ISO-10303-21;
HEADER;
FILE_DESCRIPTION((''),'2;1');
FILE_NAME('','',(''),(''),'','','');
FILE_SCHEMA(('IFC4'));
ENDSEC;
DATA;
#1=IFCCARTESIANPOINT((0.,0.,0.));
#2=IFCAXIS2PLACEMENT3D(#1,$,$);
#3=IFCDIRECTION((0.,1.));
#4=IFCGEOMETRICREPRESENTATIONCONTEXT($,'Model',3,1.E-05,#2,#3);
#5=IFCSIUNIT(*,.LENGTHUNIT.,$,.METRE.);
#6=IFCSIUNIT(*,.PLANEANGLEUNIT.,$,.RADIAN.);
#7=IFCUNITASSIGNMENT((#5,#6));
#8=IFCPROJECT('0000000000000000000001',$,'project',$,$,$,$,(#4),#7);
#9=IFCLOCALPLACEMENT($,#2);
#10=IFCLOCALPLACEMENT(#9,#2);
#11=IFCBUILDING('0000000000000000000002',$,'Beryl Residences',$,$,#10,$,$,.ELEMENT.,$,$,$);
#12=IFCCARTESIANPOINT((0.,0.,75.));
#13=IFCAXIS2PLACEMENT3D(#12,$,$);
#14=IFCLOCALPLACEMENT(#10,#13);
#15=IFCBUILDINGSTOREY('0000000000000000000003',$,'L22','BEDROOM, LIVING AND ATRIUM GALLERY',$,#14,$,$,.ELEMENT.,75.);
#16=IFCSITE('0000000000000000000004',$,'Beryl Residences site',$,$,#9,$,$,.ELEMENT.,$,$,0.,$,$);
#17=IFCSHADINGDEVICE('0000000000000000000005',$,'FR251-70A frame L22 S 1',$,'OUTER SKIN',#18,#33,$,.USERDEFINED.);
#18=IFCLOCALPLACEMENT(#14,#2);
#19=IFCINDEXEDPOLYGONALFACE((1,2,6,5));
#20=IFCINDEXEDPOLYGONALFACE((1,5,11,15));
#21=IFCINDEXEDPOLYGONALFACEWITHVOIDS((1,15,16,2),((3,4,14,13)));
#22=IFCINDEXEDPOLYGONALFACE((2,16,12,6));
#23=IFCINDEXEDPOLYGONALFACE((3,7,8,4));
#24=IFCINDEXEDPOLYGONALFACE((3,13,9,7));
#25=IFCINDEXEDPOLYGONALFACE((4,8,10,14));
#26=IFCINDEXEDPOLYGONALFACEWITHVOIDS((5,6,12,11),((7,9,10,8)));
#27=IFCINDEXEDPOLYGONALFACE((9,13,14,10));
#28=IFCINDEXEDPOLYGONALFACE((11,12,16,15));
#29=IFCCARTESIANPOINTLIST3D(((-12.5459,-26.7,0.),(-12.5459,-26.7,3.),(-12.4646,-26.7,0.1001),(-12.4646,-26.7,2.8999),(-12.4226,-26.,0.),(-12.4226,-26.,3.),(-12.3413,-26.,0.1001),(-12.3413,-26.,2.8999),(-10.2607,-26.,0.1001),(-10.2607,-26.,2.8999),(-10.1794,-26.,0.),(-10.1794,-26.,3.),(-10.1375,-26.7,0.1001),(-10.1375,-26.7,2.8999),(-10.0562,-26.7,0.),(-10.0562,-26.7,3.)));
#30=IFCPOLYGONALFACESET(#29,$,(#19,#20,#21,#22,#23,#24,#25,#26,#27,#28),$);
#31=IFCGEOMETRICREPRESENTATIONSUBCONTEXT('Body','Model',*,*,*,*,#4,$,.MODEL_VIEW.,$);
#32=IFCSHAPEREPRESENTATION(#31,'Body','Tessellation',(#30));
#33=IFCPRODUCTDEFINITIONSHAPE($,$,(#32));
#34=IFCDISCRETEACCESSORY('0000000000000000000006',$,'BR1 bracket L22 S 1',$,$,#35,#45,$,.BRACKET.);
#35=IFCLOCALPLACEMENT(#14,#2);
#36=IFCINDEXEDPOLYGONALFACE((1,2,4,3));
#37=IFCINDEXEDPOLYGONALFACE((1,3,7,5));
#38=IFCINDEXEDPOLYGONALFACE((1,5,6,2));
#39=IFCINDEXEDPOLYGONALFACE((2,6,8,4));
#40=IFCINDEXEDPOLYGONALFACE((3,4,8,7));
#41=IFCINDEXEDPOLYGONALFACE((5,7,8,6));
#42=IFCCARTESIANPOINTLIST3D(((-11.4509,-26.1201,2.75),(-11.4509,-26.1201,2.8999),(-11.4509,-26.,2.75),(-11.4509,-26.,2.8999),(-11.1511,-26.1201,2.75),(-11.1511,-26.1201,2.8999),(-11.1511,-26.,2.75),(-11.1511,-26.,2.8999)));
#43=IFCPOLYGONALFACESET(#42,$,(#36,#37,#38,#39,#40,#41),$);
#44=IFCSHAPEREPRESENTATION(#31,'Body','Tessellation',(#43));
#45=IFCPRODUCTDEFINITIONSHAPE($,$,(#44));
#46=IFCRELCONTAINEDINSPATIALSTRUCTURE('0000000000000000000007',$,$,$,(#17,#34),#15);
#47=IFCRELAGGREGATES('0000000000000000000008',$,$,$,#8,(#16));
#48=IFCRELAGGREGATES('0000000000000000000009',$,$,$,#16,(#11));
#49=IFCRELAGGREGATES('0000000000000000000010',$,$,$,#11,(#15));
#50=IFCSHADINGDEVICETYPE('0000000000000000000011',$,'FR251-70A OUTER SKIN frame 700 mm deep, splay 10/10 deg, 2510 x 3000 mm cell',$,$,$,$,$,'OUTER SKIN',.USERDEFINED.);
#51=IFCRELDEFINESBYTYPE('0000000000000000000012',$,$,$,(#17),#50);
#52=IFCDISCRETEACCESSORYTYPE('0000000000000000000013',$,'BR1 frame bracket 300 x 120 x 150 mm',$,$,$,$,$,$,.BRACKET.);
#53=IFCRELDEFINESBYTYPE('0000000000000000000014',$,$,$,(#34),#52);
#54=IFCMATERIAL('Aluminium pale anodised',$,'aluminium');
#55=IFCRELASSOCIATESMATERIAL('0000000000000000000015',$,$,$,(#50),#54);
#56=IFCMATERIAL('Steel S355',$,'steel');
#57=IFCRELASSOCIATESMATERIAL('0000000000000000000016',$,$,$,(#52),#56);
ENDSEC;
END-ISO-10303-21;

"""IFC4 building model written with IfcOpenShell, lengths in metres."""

from ifc_helpers import new_model, entity, si_unit, direction, frame, origin, place, context, subcontext, project, spatial, polyline, outline, extrude, source, transform, mapped, material, type_object, type_shapes, element, save


model = new_model("IFC4")

# Units and contexts
model_context = context("Model", 3, precision=1e-05, world=origin(), true_north=direction((0.0, 1.0)))
body_context = subcontext(model_context, "Body", "Model", "MODEL_VIEW")
ifc_project = project(units=[si_unit("LENGTHUNIT", "METRE"), si_unit("PLANEANGLEUNIT", "RADIAN")], contexts=[model_context])

# Site, building, storey
site_placement = place(None, origin())
site = spatial("IfcSite", under=ifc_project, at=site_placement, Name="Beryl Residences site", CompositionType="ELEMENT", RefElevation=0.0)
building_placement = place(site_placement, origin())
building = spatial("IfcBuilding", under=site, at=building_placement, Name="Beryl Residences", CompositionType="ELEMENT")
storey_placement = place(building_placement, frame((0.0, 0.0, 75.0)))
storey = spatial("IfcBuildingStorey", under=building, at=storey_placement, Name="L22", Description="BEDROOM, LIVING AND ATRIUM GALLERY", CompositionType="ELEMENT", Elevation=75.0)

# Shading device
ifc_material_1 = material(Name="Aluminium pale anodised", Category="aluminium")
shading_device_type = type_object("IfcShadingDeviceType", Name="FR251-70A OUTER SKIN frame 700 mm deep, splay 10/10 deg, 2510 x 3000 mm cell", ElementType="OUTER SKIN", PredefinedType="USERDEFINED", material=ifc_material_1)
cartesian_point_1 = entity("IfcCartesianPoint", [-1.1216, 0.0])
cartesian_point_2 = entity("IfcCartesianPoint", [-1.0403, 0.1001])
cartesian_point_3 = entity("IfcCartesianPoint", [-1.2449, 0.0])
cartesian_point_4 = entity("IfcCartesianPoint", [-1.1636, 0.1001])
shared_shape_1 = source(origin(), body_context, "Body", "SweptSolid", [
    entity("IfcExtrudedAreaSolidTapered", entity("IfcArbitraryProfileDefWithVoids", "AREA", None, entity("IfcPolyline", [cartesian_point_1, entity("IfcCartesianPoint", [1.1216, 0.0]), entity("IfcCartesianPoint", [1.1216, 3.0]), entity("IfcCartesianPoint", [-1.1216, 3.0]), cartesian_point_1]), [entity("IfcPolyline", [cartesian_point_2, entity("IfcCartesianPoint", [1.0403, 0.1001]), entity("IfcCartesianPoint", [1.0403, 2.8999]), entity("IfcCartesianPoint", [-1.0403, 2.8999]), cartesian_point_2])]), entity("IfcAxis2Placement3D", entity("IfcCartesianPoint", [0.0, 0.0, 0.0]), entity("IfcDirection", [0.0, 1.0, 0.0]), entity("IfcDirection", [-1.0, 0.0, 0.0])), entity("IfcDirection", [0.0, 0.0, 1.0]), 0.7, entity("IfcArbitraryProfileDefWithVoids", "AREA", None, entity("IfcPolyline", [cartesian_point_3, entity("IfcCartesianPoint", [1.2449, 0.0]), entity("IfcCartesianPoint", [1.2449, 3.0]), entity("IfcCartesianPoint", [-1.2449, 3.0]), cartesian_point_3]), [entity("IfcPolyline", [cartesian_point_4, entity("IfcCartesianPoint", [1.1636, 0.1001]), entity("IfcCartesianPoint", [1.1636, 2.8999]), entity("IfcCartesianPoint", [-1.1636, 2.8999]), cartesian_point_4])])),
])
type_shapes(shading_device_type, [shared_shape_1])
shading_device_placement = place(storey_placement, frame((-11.301, -26.0, 0.0), z_axis=(0.0, 0.0, 1.0), x_axis=(-1.0, 0.0, 0.0)))
element("IfcShadingDevice", 1, at=shading_device_placement, inside=storey, type_object=shading_device_type, Name="FR251-70A frame L22 S 1", ObjectType="OUTER SKIN", PredefinedType="USERDEFINED", context=body_context, shape_type="MappedRepresentation", body=[
    mapped(shared_shape_1, transform((0.0, 0.0, 0.0))),
])

# Discrete accessory
ifc_material_2 = material(Name="Steel S355", Category="steel")
discrete_accessory_type = type_object("IfcDiscreteAccessoryType", Name="BR1 frame bracket 300 x 120 x 150 mm", PredefinedType="BRACKET", material=ifc_material_2)
shared_shape_2 = source(origin(), body_context, "Body", "SweptSolid", [
    extrude(outline(polyline([(-0.1499, 0.0), (0.1499, 0.0), (0.1499, 0.1201), (-0.1499, 0.1201), (-0.1499, 0.0)])), origin(), (0.0, 0.0, 1.0), 0.1499),
])
type_shapes(discrete_accessory_type, [shared_shape_2])
discrete_accessory_placement = place(storey_placement, frame((-11.301, -26.0, 2.75), z_axis=(0.0, 0.0, 1.0), x_axis=(-1.0, 0.0, 0.0)))
element("IfcDiscreteAccessory", 2, at=discrete_accessory_placement, inside=storey, type_object=discrete_accessory_type, Name="BR1 bracket L22 S 1", PredefinedType="BRACKET", context=body_context, shape_type="MappedRepresentation", body=[
    mapped(shared_shape_2, transform((0.0, 0.0, 0.0))),
])

save(model, "model.ifc")
